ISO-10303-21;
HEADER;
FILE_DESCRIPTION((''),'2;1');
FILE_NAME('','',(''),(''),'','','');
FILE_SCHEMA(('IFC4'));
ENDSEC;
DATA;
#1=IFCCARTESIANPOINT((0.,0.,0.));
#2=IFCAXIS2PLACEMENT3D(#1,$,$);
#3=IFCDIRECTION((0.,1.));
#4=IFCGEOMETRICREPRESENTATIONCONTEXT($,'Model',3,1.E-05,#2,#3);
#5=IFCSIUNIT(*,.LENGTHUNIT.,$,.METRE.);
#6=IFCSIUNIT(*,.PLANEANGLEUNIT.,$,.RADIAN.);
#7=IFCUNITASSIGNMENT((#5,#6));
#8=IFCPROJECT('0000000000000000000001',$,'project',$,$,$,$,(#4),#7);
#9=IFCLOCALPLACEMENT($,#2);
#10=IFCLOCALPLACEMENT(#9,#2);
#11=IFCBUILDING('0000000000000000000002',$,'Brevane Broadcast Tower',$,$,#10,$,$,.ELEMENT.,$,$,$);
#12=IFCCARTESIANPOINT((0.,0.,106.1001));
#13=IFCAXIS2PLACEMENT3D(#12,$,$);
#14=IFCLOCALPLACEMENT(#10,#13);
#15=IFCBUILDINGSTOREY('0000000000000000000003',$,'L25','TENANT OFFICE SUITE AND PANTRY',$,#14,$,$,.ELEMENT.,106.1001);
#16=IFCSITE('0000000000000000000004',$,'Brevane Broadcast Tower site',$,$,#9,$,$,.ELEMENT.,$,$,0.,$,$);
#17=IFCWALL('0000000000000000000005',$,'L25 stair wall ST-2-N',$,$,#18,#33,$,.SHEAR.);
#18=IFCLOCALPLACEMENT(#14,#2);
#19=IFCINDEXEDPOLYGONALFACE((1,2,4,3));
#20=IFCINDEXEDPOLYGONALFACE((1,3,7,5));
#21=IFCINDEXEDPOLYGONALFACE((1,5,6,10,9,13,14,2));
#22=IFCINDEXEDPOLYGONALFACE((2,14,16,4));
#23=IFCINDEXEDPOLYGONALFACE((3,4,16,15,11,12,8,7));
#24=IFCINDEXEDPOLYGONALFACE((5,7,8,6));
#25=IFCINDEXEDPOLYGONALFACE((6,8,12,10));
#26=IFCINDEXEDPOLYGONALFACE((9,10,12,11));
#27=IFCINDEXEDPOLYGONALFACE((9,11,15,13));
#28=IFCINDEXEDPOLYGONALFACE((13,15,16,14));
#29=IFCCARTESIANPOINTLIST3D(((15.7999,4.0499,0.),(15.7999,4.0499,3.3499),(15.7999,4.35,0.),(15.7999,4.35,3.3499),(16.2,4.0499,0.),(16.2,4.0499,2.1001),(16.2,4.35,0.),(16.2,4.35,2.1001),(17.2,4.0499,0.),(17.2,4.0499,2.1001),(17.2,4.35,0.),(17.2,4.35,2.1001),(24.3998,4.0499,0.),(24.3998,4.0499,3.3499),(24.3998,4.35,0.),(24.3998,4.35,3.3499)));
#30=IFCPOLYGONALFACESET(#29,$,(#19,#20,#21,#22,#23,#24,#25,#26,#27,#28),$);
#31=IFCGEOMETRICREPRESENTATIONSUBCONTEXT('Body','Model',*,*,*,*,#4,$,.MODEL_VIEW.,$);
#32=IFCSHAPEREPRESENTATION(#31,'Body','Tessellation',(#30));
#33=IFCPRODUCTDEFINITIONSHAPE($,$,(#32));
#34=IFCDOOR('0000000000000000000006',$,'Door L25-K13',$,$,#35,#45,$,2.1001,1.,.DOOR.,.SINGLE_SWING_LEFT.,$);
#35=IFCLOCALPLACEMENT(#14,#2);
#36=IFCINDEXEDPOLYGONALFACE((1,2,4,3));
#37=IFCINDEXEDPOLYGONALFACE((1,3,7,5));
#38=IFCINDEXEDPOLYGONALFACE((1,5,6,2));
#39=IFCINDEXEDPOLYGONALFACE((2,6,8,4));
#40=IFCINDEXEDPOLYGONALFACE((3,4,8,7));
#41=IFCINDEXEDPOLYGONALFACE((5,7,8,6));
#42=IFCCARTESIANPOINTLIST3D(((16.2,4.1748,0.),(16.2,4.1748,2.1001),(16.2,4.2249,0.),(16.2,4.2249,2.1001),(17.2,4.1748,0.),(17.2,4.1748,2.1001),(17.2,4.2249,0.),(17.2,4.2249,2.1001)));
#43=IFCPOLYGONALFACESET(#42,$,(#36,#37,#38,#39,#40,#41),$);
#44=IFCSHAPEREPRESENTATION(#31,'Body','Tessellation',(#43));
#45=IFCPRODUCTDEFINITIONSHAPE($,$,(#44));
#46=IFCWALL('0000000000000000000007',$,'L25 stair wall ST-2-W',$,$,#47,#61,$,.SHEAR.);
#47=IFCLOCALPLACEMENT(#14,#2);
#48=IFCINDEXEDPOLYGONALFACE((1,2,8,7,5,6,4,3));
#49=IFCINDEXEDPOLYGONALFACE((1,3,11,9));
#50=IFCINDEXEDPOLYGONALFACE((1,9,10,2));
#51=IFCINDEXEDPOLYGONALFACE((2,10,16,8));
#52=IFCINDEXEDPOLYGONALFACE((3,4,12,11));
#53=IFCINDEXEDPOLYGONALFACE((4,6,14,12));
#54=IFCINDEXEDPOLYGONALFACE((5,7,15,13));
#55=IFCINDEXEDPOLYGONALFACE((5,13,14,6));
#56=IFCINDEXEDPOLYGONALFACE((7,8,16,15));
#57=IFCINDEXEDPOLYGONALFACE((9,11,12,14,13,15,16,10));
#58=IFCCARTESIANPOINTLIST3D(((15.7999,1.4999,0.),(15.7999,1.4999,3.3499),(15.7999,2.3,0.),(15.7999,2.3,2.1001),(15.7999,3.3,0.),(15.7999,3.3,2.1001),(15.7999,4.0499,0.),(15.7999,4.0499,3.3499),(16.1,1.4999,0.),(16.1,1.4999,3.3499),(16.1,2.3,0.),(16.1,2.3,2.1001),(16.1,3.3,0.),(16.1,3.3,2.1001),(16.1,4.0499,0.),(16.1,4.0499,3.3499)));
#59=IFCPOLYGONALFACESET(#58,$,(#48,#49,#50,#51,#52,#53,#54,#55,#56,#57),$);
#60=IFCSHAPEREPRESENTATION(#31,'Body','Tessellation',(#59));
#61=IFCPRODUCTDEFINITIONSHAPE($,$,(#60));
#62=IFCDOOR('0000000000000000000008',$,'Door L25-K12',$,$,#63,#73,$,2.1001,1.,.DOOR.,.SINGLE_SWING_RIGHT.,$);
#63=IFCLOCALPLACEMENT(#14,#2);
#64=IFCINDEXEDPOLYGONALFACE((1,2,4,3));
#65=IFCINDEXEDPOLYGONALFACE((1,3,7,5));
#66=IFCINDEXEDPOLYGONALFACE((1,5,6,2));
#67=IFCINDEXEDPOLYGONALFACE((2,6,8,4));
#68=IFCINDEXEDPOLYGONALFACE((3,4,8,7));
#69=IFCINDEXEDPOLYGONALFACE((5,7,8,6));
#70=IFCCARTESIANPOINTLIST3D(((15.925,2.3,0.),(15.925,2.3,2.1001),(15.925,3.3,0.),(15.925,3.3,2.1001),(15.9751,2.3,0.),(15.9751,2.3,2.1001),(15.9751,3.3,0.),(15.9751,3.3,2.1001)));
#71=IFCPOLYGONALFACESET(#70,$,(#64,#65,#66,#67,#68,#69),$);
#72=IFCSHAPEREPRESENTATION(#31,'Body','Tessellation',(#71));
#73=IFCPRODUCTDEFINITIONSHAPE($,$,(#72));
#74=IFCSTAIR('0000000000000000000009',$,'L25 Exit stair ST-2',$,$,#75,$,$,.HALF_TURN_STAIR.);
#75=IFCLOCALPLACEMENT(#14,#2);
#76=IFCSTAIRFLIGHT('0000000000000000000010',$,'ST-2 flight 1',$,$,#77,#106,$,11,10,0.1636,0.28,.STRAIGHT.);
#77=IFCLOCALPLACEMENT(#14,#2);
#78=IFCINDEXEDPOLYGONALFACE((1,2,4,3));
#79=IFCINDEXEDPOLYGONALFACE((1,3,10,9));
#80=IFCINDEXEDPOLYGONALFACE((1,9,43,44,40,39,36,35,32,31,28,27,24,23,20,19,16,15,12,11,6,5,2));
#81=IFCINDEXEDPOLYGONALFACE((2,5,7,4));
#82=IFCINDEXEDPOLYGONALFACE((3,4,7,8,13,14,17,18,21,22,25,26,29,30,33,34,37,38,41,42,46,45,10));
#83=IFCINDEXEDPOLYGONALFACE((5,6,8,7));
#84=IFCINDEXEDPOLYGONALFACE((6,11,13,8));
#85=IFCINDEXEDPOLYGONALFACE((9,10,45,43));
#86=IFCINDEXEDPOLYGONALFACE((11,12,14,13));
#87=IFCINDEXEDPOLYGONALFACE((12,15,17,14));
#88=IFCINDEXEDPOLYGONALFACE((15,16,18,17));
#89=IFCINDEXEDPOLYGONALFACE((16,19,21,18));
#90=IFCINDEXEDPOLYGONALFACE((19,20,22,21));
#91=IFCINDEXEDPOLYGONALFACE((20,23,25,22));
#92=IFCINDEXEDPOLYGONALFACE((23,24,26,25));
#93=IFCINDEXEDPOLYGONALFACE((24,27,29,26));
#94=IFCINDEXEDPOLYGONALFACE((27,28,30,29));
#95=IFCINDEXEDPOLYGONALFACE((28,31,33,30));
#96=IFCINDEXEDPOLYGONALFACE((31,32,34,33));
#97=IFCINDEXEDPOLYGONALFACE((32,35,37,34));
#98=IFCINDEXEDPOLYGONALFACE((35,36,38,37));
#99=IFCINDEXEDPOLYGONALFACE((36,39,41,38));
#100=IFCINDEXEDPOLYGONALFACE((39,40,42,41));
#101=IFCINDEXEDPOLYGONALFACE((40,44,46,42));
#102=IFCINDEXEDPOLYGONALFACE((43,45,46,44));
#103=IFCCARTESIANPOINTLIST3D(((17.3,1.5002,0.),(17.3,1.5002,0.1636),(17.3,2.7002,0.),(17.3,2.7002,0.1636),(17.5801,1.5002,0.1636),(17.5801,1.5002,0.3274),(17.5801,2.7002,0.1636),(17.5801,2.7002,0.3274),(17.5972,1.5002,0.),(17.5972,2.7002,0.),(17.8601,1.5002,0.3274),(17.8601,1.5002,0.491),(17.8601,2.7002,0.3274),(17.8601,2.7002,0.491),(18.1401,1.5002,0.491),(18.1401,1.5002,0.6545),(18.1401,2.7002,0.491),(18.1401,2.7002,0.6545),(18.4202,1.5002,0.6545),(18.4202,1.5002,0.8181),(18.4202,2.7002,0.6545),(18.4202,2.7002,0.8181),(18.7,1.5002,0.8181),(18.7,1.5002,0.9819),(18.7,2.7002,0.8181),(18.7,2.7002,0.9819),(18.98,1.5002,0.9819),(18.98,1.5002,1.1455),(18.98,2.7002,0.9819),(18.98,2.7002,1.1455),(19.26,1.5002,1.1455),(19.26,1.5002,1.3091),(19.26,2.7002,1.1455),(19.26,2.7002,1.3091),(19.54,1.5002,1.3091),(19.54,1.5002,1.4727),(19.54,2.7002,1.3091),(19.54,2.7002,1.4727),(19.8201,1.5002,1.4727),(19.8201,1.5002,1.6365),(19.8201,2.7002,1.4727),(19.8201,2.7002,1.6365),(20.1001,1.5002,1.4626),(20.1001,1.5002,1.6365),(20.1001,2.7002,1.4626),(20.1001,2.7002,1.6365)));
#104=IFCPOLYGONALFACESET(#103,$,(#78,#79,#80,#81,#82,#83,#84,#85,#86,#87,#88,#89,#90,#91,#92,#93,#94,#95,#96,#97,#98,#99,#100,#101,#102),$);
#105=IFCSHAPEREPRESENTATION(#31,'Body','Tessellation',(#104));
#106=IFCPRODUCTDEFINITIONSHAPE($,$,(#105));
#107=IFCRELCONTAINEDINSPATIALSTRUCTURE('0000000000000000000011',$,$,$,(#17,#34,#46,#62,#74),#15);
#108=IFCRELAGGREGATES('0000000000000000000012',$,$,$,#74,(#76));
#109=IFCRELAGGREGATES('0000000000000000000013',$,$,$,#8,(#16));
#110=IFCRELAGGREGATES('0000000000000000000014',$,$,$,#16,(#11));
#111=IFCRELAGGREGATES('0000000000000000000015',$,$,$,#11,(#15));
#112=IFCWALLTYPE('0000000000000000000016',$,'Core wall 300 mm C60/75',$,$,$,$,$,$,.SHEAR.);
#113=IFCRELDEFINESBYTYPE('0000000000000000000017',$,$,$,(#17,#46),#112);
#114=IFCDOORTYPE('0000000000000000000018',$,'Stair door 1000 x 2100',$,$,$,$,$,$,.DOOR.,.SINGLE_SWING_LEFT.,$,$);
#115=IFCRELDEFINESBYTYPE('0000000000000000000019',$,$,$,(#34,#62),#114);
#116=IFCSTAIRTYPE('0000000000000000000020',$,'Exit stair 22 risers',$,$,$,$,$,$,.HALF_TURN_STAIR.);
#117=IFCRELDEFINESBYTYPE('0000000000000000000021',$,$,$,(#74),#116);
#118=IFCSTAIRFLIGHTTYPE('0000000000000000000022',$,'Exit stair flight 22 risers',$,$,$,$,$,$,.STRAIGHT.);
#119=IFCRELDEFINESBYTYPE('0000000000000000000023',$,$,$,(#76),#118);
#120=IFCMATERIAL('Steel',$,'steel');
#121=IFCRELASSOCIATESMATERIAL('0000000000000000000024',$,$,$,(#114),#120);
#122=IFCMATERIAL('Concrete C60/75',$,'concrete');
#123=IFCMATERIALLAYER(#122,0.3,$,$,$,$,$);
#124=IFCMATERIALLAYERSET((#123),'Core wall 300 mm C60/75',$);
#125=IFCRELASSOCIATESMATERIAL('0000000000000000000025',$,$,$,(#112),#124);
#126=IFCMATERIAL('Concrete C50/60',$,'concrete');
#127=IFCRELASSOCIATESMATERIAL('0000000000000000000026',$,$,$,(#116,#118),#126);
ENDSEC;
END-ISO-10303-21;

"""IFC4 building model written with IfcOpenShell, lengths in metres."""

from ifc_helpers import new_model, si_unit, direction, frame, frame_2d, origin, place, context, subcontext, project, spatial, polyline, rectangle, outline, extrude, material, layer, layer_set, type_object, element, fill, aggregate, save


model = new_model("IFC4")

# Units and contexts
model_context = context("Model", 3, precision=1e-05, world=origin(), true_north=direction((0.0, 1.0)))
body_context = subcontext(model_context, "Body", "Model", "MODEL_VIEW")
ifc_project = project(units=[si_unit("LENGTHUNIT", "METRE"), si_unit("PLANEANGLEUNIT", "RADIAN")], contexts=[model_context])

# Site, building, storey
site_placement = place(None, origin())
site = spatial("IfcSite", under=ifc_project, at=site_placement, Name="Brevane Broadcast Tower site", CompositionType="ELEMENT", RefElevation=0.0)
building_placement = place(site_placement, origin())
building = spatial("IfcBuilding", under=site, at=building_placement, Name="Brevane Broadcast Tower", CompositionType="ELEMENT")
storey_placement = place(building_placement, frame((0.0, 0.0, 106.1001)))
storey = spatial("IfcBuildingStorey", under=building, at=storey_placement, Name="L25", Description="TENANT OFFICE SUITE AND PANTRY", CompositionType="ELEMENT", Elevation=106.1001)

# Shared definitions
ifc_material_1 = material(Name="Steel", Category="steel")
door_type_1 = type_object("IfcDoorType", Name="Stair door 1000 x 2100", OperationType="SINGLE_SWING_LEFT", PredefinedType="DOOR", material=ifc_material_1)

# Shared definitions
ifc_material_2 = material(Name="Concrete C60/75", Category="concrete")
ifc_layer_1 = layer(ifc_material_2, 0.3)
ifc_layer_set_1 = layer_set([ifc_layer_1], Name="Core wall 300 mm C60/75")
wall_type_1 = type_object("IfcWallType", Name="Core wall 300 mm C60/75", PredefinedType="SHEAR", material=ifc_layer_set_1)

# Walls, openings, doors
wall_1_placement = place(storey_placement, frame((15.8, 4.2, 0.0), z_axis=(0.0, 0.0, 1.0), x_axis=(1.0, 0.0, 0.0)))
wall_1 = element("IfcWall", 1, at=wall_1_placement, inside=storey, type_object=wall_type_1, Name="L25 stair wall ST-2-N", PredefinedType="SHEAR", context=body_context, shape_type="SweptSolid", body=[
    extrude(rectangle(XDim=8.5999, YDim=0.3, at=frame_2d((4.2998, 0.0))), origin(), (0.0, 0.0, 1.0), 3.3499),
])
opening_1_placement = place(wall_1_placement, frame((0.3999, 0.0, 0.0)))
opening_1 = element("IfcOpeningElement", 2, at=opening_1_placement, cuts=wall_1, PredefinedType="OPENING", context=body_context, shape_type="SweptSolid", body=[
    extrude(rectangle(XDim=1.0, YDim=2.1001, at=frame_2d((0.5, 1.05))), frame((0.0, 0.1599, 0.0), z_axis=(0.0, -1.0, 0.0), x_axis=(1.0, 0.0, 0.0)), (0.0, 0.0, 1.0), 0.3201),
])
door_1_placement = place(opening_1_placement, origin())
door_1 = element("IfcDoor", 3, at=door_1_placement, inside=storey, type_object=door_type_1, Name="Door L25-K13", OperationType="SINGLE_SWING_LEFT", OverallHeight=2.1001, OverallWidth=1.0, PredefinedType="DOOR", context=body_context, shape_type="SweptSolid", body=[
    extrude(rectangle(XDim=1.0, YDim=2.1001, at=frame_2d((0.5, 1.05))), frame((0.0, 0.0249, 0.0), z_axis=(0.0, -1.0, 0.0), x_axis=(1.0, 0.0, 0.0)), (0.0, 0.0, 1.0), 0.05),
])
fill(opening_1, door_1)
wall_2_placement = place(storey_placement, frame((15.95, 1.5, 0.0), z_axis=(0.0, 0.0, 1.0), x_axis=(0.0, 1.0, 0.0)))
wall_2 = element("IfcWall", 4, at=wall_2_placement, inside=storey, type_object=wall_type_1, Name="L25 stair wall ST-2-W", PredefinedType="SHEAR", context=body_context, shape_type="SweptSolid", body=[
    extrude(rectangle(XDim=2.55, YDim=0.3, at=frame_2d((1.2749, 0.0))), origin(), (0.0, 0.0, 1.0), 3.3499),
])
opening_2_placement = place(wall_2_placement, frame((0.8, 0.0, 0.0)))
opening_2 = element("IfcOpeningElement", 5, at=opening_2_placement, cuts=wall_2, PredefinedType="OPENING", context=body_context, shape_type="SweptSolid", body=[
    extrude(rectangle(XDim=1.0, YDim=2.1001, at=frame_2d((0.5, 1.05))), frame((0.0, 0.1599, 0.0), z_axis=(0.0, -1.0, 0.0), x_axis=(1.0, 0.0, 0.0)), (0.0, 0.0, 1.0), 0.3201),
])
door_2_placement = place(opening_2_placement, origin())
door_2 = element("IfcDoor", 6, at=door_2_placement, inside=storey, type_object=door_type_1, Name="Door L25-K12", OperationType="SINGLE_SWING_RIGHT", OverallHeight=2.1001, OverallWidth=1.0, PredefinedType="DOOR", context=body_context, shape_type="SweptSolid", body=[
    extrude(rectangle(XDim=1.0, YDim=2.1001, at=frame_2d((0.5, 1.05))), frame((0.0, 0.0249, 0.0), z_axis=(0.0, -1.0, 0.0), x_axis=(1.0, 0.0, 0.0)), (0.0, 0.0, 1.0), 0.05),
])
fill(opening_2, door_2)

# Stair, stair flight
ifc_material_3 = material(Name="Concrete C50/60", Category="concrete")
stair_type = type_object("IfcStairType", Name="Exit stair 22 risers", PredefinedType="HALF_TURN_STAIR", material=ifc_material_3)
stair_placement = place(storey_placement, origin())
stair = element("IfcStair", 7, at=stair_placement, inside=storey, type_object=stair_type, Name="L25 Exit stair ST-2", PredefinedType="HALF_TURN_STAIR")
stair_flight_type = type_object("IfcStairFlightType", Name="Exit stair flight 22 risers", PredefinedType="STRAIGHT", material=ifc_material_3)
stair_flight_placement = place(storey_placement, frame((17.3, 2.1001, 0.0), z_axis=(0.0, 0.0, 1.0), x_axis=(1.0, 0.0, 0.0)))
stair_flight = element("IfcStairFlight", 8, at=stair_flight_placement, type_object=stair_flight_type, Name="ST-2 flight 1", NumberOfRisers=11, NumberOfTreads=10, PredefinedType="STRAIGHT", RiserHeight=0.1636, TreadLength=0.28, context=body_context, shape_type="SweptSolid", body=[
    extrude(outline(polyline([(0.0, 0.0), (0.0, 0.1636), (0.28, 0.1636), (0.28, 0.3274), (0.5601, 0.3274), (0.5601, 0.491), (0.8401, 0.491), (0.8401, 0.6545), (1.1201, 0.6545), (1.1201, 0.8181), (1.3999, 0.8181), (1.3999, 0.9819), (1.6799, 0.9819), (1.6799, 1.1455), (1.96, 1.1455), (1.96, 1.3091), (2.24, 1.3091), (2.24, 1.4727), (2.52, 1.4727), (2.52, 1.6365), (2.8, 1.6365), (2.8, 1.8), (2.8, 1.4626), (0.2971, 0.0), (0.0, 0.0)])), frame((0.0, 0.6001, 0.0), z_axis=(0.0, -1.0, 0.0), x_axis=(1.0, 0.0, 0.0)), (0.0, 0.0, 1.0), 1.2),
])
aggregate(stair, [stair_flight])

save(model, "model.ifc")
